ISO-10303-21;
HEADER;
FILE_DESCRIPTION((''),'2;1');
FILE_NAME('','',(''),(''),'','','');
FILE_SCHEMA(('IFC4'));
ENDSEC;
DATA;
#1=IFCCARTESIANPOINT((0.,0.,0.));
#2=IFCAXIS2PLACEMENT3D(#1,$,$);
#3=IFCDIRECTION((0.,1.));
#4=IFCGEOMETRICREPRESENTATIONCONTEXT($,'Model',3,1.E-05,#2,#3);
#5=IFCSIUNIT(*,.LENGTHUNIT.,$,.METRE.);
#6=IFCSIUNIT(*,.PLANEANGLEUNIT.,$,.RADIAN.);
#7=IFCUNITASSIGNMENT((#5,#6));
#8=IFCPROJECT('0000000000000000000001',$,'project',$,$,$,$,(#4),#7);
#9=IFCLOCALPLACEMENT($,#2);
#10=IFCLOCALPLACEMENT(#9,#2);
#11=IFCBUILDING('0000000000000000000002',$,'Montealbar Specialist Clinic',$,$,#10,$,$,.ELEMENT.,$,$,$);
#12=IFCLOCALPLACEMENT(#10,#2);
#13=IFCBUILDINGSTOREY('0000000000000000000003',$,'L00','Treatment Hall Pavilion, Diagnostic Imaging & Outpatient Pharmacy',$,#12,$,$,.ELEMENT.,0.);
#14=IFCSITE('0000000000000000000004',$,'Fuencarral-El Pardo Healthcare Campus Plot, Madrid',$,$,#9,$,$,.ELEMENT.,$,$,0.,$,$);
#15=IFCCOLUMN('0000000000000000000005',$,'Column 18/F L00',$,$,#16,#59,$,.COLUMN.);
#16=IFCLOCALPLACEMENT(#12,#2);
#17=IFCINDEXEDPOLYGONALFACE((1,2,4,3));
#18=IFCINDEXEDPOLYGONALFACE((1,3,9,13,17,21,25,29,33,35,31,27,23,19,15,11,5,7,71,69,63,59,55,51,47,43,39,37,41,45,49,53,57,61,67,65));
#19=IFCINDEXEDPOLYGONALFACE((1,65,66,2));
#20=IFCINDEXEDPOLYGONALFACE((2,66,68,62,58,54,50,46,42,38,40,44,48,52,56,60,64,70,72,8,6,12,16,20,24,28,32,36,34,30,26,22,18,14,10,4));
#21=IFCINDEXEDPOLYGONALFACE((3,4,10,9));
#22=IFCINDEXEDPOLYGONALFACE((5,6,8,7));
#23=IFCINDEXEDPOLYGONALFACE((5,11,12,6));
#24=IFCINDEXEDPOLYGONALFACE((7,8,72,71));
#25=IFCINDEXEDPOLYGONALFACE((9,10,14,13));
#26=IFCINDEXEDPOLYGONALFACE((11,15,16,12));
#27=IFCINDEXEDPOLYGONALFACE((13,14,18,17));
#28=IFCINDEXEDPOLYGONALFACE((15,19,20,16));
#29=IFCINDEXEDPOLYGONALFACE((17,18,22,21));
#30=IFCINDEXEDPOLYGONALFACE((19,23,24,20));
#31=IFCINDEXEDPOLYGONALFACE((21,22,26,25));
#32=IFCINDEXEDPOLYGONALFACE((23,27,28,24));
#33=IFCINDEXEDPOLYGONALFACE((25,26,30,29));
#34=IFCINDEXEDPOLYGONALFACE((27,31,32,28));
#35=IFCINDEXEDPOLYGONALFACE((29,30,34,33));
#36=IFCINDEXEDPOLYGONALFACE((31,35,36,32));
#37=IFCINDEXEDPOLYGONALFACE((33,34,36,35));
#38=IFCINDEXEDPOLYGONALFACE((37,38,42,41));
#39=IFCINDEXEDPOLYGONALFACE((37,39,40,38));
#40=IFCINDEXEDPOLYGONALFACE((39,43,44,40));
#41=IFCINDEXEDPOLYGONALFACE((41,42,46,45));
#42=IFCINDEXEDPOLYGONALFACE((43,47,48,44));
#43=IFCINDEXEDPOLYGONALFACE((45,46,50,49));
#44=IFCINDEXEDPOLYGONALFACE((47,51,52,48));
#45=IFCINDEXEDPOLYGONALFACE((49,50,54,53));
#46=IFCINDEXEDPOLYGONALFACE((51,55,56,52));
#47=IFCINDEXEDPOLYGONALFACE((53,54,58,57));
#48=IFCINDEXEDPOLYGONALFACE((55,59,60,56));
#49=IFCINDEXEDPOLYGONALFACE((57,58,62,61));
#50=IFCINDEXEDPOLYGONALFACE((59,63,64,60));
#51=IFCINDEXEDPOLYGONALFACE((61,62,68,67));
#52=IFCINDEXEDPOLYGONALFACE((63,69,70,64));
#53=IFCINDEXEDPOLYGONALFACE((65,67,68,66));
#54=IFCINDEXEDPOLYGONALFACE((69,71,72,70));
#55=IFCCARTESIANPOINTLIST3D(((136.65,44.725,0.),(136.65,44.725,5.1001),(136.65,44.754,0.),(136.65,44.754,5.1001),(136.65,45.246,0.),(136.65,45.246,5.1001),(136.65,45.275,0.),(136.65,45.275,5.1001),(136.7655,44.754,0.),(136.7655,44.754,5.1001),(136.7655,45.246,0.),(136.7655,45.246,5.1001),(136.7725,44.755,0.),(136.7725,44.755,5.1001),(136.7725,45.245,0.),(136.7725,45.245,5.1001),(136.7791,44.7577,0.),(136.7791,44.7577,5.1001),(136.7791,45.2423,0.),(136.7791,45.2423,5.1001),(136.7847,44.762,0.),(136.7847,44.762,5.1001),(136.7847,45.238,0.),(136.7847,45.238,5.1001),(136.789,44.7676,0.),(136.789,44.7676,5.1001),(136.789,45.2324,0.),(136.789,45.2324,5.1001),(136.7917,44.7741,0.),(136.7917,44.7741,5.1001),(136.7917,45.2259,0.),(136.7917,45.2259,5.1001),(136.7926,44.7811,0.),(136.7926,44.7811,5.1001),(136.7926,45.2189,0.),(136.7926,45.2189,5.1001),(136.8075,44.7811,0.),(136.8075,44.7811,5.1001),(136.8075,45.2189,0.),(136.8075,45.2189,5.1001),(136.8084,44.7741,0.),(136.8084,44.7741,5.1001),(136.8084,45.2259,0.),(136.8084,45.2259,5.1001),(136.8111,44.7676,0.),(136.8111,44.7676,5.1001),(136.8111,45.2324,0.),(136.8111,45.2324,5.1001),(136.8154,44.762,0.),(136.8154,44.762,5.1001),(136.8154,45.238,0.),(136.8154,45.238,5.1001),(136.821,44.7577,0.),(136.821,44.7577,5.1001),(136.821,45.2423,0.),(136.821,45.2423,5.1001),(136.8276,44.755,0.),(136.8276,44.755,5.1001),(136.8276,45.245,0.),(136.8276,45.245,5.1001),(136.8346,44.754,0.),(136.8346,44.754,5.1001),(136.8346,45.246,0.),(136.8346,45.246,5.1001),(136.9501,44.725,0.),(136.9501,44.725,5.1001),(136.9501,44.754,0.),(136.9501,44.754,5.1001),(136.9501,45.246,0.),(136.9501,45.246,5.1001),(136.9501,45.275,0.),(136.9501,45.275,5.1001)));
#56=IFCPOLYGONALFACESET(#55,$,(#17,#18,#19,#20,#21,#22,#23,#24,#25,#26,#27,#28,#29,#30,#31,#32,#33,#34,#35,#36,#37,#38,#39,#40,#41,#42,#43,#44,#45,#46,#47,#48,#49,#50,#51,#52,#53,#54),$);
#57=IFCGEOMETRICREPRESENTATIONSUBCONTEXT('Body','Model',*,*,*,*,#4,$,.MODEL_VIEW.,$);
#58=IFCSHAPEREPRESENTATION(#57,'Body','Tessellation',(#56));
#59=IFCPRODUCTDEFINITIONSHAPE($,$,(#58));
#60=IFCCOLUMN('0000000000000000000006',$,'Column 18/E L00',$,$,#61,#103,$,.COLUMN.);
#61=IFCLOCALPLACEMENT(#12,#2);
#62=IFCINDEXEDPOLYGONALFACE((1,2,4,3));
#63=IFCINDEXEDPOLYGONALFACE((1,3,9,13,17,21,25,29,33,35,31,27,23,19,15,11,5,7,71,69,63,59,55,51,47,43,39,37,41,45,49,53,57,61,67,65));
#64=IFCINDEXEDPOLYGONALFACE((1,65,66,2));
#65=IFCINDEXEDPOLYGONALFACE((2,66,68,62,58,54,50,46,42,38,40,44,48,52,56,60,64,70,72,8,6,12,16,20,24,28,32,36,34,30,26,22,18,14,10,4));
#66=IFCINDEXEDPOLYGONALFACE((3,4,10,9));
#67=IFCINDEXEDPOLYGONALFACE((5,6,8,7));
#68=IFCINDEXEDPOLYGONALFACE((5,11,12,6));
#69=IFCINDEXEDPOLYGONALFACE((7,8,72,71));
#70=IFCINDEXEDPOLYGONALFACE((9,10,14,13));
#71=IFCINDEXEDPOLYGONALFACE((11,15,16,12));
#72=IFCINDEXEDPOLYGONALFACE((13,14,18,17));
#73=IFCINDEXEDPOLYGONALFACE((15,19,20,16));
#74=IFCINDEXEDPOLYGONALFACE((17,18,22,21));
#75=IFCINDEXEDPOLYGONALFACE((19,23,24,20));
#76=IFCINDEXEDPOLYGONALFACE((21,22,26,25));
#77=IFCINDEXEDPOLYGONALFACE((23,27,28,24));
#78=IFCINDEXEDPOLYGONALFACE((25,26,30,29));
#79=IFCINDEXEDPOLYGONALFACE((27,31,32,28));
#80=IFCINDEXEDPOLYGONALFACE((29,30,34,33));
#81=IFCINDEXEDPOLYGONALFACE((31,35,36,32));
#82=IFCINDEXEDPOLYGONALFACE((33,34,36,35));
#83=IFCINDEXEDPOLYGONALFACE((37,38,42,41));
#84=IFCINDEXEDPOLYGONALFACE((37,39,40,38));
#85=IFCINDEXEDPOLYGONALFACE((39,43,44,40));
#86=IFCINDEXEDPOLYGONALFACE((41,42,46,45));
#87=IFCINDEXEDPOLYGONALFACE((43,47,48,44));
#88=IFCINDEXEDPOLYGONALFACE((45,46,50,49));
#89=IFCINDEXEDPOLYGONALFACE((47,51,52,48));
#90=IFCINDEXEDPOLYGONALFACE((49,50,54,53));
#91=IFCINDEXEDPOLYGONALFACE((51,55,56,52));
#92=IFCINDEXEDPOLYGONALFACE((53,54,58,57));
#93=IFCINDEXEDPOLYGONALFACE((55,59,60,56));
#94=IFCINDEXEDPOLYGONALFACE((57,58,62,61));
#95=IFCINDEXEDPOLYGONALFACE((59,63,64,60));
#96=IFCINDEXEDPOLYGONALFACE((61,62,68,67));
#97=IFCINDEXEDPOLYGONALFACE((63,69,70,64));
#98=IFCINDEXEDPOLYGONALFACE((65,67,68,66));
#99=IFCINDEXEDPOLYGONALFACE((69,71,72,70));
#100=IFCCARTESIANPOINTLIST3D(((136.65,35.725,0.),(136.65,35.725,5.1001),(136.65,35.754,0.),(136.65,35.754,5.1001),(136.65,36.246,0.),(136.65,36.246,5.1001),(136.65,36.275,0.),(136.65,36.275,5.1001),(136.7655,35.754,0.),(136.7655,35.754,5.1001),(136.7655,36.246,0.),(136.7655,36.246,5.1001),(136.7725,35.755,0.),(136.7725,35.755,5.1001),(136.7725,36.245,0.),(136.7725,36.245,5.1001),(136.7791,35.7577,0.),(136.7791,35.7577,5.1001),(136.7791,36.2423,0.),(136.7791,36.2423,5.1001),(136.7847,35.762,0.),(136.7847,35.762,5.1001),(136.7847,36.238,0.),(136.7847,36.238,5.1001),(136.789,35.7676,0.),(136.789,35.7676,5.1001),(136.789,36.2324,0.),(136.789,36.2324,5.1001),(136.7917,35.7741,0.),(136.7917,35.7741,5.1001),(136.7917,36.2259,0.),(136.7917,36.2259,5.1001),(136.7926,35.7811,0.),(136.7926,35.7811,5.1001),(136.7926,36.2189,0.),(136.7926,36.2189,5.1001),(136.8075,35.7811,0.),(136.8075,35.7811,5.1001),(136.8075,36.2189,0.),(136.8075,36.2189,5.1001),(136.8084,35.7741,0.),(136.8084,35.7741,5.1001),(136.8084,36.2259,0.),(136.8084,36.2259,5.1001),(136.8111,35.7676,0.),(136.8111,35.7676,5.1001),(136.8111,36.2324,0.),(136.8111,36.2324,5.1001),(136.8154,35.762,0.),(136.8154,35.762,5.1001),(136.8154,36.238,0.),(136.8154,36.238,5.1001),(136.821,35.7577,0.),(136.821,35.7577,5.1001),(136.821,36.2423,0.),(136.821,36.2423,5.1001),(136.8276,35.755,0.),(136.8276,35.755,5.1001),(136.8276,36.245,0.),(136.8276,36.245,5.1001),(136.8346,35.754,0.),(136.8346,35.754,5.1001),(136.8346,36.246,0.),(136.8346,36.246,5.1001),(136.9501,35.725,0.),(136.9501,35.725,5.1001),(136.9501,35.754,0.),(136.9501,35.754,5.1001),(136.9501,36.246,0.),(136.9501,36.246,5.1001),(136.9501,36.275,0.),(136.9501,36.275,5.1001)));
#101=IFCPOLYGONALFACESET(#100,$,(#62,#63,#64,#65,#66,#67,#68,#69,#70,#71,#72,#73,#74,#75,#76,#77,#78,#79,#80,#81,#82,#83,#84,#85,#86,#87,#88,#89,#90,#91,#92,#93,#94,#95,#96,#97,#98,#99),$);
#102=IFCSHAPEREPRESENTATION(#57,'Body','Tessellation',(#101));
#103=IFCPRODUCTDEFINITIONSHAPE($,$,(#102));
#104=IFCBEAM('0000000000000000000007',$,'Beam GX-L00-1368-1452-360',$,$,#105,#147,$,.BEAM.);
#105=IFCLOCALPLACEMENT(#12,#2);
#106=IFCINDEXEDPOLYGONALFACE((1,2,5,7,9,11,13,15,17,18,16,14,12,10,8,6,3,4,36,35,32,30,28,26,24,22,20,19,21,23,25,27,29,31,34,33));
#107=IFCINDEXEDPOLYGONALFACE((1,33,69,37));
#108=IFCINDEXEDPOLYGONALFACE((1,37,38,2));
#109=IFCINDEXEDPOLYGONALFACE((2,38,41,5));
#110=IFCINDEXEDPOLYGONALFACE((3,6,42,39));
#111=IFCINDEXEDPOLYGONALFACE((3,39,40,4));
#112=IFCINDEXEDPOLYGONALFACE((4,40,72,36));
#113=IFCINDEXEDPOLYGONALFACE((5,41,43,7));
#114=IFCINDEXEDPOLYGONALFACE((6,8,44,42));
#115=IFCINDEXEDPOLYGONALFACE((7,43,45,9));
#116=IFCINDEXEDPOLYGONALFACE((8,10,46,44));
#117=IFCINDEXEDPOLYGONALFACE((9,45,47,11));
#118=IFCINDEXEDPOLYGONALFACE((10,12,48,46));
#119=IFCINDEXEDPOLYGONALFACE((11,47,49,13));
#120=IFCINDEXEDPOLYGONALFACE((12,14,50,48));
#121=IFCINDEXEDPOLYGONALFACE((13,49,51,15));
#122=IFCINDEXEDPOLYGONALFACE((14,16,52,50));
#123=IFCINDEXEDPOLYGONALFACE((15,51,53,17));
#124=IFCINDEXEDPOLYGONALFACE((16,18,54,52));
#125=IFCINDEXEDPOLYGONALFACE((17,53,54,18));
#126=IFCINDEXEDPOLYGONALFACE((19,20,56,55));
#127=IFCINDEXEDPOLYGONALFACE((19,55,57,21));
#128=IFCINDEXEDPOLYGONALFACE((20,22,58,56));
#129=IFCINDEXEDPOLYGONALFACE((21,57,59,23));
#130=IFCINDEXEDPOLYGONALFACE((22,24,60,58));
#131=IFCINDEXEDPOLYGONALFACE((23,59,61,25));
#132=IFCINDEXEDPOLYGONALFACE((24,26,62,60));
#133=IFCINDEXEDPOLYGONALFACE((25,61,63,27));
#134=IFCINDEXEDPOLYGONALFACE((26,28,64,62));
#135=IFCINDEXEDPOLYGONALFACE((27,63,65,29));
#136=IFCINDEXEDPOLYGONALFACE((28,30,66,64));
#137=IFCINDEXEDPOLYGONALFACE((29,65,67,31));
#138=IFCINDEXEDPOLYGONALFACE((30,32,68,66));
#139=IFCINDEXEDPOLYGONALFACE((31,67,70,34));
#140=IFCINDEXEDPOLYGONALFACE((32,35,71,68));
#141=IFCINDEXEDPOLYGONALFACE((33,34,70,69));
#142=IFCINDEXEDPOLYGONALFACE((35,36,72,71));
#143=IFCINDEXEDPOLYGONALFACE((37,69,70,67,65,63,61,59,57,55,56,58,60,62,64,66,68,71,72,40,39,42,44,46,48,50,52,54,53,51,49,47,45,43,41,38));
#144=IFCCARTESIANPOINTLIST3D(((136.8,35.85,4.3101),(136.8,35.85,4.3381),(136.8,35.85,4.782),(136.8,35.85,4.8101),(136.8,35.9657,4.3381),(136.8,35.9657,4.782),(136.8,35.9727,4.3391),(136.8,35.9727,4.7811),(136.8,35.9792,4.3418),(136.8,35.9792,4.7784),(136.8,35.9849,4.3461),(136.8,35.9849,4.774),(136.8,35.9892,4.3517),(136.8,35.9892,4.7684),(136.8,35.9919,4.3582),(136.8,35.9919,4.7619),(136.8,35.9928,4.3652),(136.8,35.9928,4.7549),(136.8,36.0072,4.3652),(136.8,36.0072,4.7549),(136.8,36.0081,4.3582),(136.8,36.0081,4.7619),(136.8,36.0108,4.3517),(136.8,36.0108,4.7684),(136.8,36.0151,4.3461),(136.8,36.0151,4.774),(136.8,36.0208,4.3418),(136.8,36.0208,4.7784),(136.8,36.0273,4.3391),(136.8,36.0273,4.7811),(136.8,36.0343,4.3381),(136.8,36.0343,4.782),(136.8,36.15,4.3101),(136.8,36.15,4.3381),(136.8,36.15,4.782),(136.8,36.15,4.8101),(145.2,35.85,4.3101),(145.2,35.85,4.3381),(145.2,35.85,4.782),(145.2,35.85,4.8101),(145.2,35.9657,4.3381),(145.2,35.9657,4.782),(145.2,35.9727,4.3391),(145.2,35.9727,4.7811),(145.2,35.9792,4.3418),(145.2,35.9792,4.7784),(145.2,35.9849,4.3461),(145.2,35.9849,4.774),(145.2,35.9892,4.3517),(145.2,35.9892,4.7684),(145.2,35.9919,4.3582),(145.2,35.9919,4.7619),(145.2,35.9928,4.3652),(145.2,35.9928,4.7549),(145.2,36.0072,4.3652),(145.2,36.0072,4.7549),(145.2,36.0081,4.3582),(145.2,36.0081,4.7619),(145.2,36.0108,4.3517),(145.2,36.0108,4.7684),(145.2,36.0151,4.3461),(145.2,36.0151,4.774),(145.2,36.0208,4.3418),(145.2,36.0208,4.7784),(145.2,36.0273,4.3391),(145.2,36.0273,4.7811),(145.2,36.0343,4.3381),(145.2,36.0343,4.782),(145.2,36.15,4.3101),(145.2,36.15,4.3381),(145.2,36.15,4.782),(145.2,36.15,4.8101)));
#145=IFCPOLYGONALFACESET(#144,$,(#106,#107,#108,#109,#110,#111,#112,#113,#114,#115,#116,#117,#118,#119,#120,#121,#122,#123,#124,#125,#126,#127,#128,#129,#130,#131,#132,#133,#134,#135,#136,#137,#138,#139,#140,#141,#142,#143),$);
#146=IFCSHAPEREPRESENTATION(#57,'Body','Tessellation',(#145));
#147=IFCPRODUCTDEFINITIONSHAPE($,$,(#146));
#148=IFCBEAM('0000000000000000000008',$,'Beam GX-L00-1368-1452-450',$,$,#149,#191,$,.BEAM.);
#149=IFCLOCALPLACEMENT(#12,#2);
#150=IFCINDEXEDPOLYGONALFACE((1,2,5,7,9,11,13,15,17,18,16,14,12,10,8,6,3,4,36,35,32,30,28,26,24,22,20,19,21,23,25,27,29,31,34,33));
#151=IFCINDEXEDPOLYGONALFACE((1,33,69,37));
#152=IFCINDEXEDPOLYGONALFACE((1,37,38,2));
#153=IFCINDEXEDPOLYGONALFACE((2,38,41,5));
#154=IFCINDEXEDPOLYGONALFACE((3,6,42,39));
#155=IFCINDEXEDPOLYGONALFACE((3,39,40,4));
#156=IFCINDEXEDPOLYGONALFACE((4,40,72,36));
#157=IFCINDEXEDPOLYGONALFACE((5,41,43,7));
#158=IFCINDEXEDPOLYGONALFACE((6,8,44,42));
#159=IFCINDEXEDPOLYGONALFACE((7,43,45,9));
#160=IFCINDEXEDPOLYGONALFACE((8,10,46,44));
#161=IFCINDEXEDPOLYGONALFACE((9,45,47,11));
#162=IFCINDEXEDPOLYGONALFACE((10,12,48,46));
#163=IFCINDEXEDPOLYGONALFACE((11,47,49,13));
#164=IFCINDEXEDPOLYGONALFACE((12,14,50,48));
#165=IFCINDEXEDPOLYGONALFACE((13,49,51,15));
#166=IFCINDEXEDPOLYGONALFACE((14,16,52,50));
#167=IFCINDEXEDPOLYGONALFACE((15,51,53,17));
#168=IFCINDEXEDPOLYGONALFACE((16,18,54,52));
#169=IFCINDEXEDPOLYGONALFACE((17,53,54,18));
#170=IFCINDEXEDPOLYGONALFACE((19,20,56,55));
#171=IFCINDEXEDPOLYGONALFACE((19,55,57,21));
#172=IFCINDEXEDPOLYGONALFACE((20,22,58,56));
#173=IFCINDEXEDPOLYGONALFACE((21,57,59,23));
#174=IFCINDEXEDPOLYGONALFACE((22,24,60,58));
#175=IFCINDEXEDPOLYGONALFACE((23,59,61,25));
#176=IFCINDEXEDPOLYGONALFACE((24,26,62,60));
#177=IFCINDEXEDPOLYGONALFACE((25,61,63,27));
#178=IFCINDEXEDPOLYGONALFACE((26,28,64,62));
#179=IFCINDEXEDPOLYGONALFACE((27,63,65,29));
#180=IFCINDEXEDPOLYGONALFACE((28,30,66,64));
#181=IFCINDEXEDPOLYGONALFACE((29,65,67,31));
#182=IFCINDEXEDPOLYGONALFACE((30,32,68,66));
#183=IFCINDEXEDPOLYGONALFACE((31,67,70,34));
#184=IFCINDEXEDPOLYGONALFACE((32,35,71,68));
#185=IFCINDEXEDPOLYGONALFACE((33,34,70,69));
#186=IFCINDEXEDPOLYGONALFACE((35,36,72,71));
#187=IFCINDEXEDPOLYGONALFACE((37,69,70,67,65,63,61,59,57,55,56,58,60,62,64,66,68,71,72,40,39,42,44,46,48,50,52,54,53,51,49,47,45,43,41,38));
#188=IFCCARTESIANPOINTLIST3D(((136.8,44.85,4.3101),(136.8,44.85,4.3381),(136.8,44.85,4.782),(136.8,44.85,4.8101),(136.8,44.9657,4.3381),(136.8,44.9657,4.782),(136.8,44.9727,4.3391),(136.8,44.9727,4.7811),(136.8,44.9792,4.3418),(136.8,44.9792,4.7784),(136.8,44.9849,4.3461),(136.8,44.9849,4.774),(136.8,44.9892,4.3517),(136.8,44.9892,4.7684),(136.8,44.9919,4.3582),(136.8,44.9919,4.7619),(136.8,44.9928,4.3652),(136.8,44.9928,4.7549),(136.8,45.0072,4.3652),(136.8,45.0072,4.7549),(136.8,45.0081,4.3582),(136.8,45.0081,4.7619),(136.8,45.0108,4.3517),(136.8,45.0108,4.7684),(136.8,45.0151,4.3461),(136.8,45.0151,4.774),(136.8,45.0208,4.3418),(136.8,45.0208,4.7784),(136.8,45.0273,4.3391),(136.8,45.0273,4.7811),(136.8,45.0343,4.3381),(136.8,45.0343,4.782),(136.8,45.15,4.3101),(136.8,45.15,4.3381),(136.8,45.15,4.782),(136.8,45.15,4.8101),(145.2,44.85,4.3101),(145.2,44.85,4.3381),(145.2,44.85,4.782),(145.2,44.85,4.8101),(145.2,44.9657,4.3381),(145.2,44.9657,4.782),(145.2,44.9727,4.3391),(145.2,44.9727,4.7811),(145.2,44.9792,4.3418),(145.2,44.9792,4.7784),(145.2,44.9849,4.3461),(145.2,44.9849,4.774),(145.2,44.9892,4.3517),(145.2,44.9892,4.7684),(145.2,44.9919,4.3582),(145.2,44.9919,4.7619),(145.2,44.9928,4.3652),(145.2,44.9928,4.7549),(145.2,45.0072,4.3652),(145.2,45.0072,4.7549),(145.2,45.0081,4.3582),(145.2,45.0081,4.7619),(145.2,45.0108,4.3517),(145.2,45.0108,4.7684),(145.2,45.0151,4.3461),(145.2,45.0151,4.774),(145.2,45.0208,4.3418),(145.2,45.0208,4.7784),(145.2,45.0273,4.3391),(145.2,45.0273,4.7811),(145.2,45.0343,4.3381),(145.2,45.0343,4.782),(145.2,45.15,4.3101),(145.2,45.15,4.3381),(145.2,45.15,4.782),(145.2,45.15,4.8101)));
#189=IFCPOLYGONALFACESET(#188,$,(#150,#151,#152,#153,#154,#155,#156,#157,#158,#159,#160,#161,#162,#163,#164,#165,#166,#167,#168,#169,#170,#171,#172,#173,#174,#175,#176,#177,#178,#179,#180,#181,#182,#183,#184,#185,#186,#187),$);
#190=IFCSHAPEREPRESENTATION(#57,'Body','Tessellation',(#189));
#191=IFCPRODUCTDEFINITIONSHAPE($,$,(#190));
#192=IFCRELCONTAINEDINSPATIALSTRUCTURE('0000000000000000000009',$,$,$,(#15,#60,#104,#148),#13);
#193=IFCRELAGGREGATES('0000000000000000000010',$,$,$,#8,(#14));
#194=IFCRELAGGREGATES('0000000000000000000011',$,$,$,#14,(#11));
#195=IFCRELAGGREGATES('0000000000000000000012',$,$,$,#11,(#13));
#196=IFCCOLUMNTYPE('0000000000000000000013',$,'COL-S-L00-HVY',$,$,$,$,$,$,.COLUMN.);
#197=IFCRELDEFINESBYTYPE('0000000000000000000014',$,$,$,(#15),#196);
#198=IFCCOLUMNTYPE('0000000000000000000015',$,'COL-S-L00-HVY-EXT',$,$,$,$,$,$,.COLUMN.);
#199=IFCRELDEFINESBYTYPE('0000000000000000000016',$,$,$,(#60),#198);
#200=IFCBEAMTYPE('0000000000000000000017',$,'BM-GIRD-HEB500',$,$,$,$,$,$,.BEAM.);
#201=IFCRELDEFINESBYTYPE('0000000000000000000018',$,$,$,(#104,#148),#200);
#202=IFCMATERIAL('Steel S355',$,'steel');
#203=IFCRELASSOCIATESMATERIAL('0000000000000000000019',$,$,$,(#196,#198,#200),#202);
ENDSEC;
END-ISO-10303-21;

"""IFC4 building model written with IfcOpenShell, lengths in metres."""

from ifc_helpers import new_model, si_unit, direction, frame, origin, origin_2d, place, context, subcontext, project, spatial, i_section, extrude, material, material_profile, profile_set, type_object, element, save


model = new_model("IFC4")

# Units and contexts
model_context = context("Model", 3, precision=1e-05, world=origin(), true_north=direction((0.0, 1.0)))
body_context = subcontext(model_context, "Body", "Model", "MODEL_VIEW")
ifc_project = project(units=[si_unit("LENGTHUNIT", "METRE"), si_unit("PLANEANGLEUNIT", "RADIAN")], contexts=[model_context])

# Site, building, storey
site_placement = place(None, origin())
site = spatial("IfcSite", under=ifc_project, at=site_placement, Name="Fuencarral-El Pardo Healthcare Campus Plot, Madrid", CompositionType="ELEMENT", RefElevation=0.0)
building_placement = place(site_placement, origin())
building = spatial("IfcBuilding", under=site, at=building_placement, Name="Montealbar Specialist Clinic", CompositionType="ELEMENT")
storey_placement = place(building_placement, origin())
storey = spatial("IfcBuildingStorey", under=building, at=storey_placement, Name="L00", Description="Treatment Hall Pavilion, Diagnostic Imaging & Outpatient Pharmacy", CompositionType="ELEMENT", Elevation=0.0)

# Columns
ifc_material_1 = material(Name="Steel S355", Category="steel")
ifc_material_profile_1 = material_profile(ifc_material_1, i_section(OverallWidth=0.3, OverallDepth=0.55, WebThickness=0.0149, FlangeThickness=0.0291, FilletRadius=0.0271, at=origin_2d()), Name="HEB 550", Category="steel")
ifc_profile_set_1 = profile_set([ifc_material_profile_1], Name="Steel S355")
column_type_1 = type_object("IfcColumnType", Name="COL-S-L00-HVY", PredefinedType="COLUMN", material=ifc_profile_set_1)
column_1_placement = place(storey_placement, frame((136.8, 45.0, 0.0), z_axis=(0.0, 0.0, 1.0), x_axis=(1.0, 0.0, 0.0)))
element("IfcColumn", 1, at=column_1_placement, inside=storey, type_object=column_type_1, Name="Column 18/F L00", PredefinedType="COLUMN", context=body_context, shape_type="SweptSolid", body=[
    extrude(i_section(OverallWidth=0.3, OverallDepth=0.55, WebThickness=0.0149, FlangeThickness=0.0291, FilletRadius=0.0271, at=origin_2d()), origin(), (0.0, 0.0, 1.0), 5.1001),
])
ifc_material_profile_2 = material_profile(ifc_material_1, i_section(OverallWidth=0.3, OverallDepth=0.55, WebThickness=0.0149, FlangeThickness=0.0291, FilletRadius=0.0271, at=origin_2d()), Name="HEB 550", Category="steel")
ifc_profile_set_2 = profile_set([ifc_material_profile_2], Name="Steel S355")
column_type_2 = type_object("IfcColumnType", Name="COL-S-L00-HVY-EXT", PredefinedType="COLUMN", material=ifc_profile_set_2)
column_2_placement = place(storey_placement, frame((136.8, 36.0, 0.0), z_axis=(0.0, 0.0, 1.0), x_axis=(1.0, 0.0, 0.0)))
element("IfcColumn", 2, at=column_2_placement, inside=storey, type_object=column_type_2, Name="Column 18/E L00", PredefinedType="COLUMN", context=body_context, shape_type="SweptSolid", body=[
    extrude(i_section(OverallWidth=0.3, OverallDepth=0.55, WebThickness=0.0149, FlangeThickness=0.0291, FilletRadius=0.0271, at=origin_2d()), origin(), (0.0, 0.0, 1.0), 5.1001),
])

# Beams
ifc_material_profile_3 = material_profile(ifc_material_1, i_section(OverallWidth=0.3, OverallDepth=0.5, WebThickness=0.0144, FlangeThickness=0.0281, FilletRadius=0.0271, at=origin_2d()), Name="HEB 500", Category="steel")
ifc_profile_set_3 = profile_set([ifc_material_profile_3], Name="Steel S355")
beam_type_1 = type_object("IfcBeamType", Name="BM-GIRD-HEB500", PredefinedType="BEAM", material=ifc_profile_set_3)
for number, where, z_axis, x_axis, name in (
    (3, (136.8, 36.0, 4.5601), (1.0, 0.0, 0.0), (0.0, 1.0, 0.0), "Beam GX-L00-1368-1452-360"),
    (4, (136.8, 45.0, 4.5601), (1.0, 0.0, 0.0), (0.0, 1.0, 0.0), "Beam GX-L00-1368-1452-450"),
):
    element("IfcBeam", number, at=place(storey_placement, frame(where, z_axis=z_axis, x_axis=x_axis)), inside=storey, type_object=beam_type_1, Name=name, PredefinedType="BEAM", context=body_context, shape_type="SweptSolid", body=[
        extrude(i_section(OverallWidth=0.3, OverallDepth=0.5, WebThickness=0.0144, FlangeThickness=0.0281, FilletRadius=0.0271, at=origin_2d()), origin(), (0.0, 0.0, 1.0), 8.3999),
    ])

save(model, "model.ifc")
